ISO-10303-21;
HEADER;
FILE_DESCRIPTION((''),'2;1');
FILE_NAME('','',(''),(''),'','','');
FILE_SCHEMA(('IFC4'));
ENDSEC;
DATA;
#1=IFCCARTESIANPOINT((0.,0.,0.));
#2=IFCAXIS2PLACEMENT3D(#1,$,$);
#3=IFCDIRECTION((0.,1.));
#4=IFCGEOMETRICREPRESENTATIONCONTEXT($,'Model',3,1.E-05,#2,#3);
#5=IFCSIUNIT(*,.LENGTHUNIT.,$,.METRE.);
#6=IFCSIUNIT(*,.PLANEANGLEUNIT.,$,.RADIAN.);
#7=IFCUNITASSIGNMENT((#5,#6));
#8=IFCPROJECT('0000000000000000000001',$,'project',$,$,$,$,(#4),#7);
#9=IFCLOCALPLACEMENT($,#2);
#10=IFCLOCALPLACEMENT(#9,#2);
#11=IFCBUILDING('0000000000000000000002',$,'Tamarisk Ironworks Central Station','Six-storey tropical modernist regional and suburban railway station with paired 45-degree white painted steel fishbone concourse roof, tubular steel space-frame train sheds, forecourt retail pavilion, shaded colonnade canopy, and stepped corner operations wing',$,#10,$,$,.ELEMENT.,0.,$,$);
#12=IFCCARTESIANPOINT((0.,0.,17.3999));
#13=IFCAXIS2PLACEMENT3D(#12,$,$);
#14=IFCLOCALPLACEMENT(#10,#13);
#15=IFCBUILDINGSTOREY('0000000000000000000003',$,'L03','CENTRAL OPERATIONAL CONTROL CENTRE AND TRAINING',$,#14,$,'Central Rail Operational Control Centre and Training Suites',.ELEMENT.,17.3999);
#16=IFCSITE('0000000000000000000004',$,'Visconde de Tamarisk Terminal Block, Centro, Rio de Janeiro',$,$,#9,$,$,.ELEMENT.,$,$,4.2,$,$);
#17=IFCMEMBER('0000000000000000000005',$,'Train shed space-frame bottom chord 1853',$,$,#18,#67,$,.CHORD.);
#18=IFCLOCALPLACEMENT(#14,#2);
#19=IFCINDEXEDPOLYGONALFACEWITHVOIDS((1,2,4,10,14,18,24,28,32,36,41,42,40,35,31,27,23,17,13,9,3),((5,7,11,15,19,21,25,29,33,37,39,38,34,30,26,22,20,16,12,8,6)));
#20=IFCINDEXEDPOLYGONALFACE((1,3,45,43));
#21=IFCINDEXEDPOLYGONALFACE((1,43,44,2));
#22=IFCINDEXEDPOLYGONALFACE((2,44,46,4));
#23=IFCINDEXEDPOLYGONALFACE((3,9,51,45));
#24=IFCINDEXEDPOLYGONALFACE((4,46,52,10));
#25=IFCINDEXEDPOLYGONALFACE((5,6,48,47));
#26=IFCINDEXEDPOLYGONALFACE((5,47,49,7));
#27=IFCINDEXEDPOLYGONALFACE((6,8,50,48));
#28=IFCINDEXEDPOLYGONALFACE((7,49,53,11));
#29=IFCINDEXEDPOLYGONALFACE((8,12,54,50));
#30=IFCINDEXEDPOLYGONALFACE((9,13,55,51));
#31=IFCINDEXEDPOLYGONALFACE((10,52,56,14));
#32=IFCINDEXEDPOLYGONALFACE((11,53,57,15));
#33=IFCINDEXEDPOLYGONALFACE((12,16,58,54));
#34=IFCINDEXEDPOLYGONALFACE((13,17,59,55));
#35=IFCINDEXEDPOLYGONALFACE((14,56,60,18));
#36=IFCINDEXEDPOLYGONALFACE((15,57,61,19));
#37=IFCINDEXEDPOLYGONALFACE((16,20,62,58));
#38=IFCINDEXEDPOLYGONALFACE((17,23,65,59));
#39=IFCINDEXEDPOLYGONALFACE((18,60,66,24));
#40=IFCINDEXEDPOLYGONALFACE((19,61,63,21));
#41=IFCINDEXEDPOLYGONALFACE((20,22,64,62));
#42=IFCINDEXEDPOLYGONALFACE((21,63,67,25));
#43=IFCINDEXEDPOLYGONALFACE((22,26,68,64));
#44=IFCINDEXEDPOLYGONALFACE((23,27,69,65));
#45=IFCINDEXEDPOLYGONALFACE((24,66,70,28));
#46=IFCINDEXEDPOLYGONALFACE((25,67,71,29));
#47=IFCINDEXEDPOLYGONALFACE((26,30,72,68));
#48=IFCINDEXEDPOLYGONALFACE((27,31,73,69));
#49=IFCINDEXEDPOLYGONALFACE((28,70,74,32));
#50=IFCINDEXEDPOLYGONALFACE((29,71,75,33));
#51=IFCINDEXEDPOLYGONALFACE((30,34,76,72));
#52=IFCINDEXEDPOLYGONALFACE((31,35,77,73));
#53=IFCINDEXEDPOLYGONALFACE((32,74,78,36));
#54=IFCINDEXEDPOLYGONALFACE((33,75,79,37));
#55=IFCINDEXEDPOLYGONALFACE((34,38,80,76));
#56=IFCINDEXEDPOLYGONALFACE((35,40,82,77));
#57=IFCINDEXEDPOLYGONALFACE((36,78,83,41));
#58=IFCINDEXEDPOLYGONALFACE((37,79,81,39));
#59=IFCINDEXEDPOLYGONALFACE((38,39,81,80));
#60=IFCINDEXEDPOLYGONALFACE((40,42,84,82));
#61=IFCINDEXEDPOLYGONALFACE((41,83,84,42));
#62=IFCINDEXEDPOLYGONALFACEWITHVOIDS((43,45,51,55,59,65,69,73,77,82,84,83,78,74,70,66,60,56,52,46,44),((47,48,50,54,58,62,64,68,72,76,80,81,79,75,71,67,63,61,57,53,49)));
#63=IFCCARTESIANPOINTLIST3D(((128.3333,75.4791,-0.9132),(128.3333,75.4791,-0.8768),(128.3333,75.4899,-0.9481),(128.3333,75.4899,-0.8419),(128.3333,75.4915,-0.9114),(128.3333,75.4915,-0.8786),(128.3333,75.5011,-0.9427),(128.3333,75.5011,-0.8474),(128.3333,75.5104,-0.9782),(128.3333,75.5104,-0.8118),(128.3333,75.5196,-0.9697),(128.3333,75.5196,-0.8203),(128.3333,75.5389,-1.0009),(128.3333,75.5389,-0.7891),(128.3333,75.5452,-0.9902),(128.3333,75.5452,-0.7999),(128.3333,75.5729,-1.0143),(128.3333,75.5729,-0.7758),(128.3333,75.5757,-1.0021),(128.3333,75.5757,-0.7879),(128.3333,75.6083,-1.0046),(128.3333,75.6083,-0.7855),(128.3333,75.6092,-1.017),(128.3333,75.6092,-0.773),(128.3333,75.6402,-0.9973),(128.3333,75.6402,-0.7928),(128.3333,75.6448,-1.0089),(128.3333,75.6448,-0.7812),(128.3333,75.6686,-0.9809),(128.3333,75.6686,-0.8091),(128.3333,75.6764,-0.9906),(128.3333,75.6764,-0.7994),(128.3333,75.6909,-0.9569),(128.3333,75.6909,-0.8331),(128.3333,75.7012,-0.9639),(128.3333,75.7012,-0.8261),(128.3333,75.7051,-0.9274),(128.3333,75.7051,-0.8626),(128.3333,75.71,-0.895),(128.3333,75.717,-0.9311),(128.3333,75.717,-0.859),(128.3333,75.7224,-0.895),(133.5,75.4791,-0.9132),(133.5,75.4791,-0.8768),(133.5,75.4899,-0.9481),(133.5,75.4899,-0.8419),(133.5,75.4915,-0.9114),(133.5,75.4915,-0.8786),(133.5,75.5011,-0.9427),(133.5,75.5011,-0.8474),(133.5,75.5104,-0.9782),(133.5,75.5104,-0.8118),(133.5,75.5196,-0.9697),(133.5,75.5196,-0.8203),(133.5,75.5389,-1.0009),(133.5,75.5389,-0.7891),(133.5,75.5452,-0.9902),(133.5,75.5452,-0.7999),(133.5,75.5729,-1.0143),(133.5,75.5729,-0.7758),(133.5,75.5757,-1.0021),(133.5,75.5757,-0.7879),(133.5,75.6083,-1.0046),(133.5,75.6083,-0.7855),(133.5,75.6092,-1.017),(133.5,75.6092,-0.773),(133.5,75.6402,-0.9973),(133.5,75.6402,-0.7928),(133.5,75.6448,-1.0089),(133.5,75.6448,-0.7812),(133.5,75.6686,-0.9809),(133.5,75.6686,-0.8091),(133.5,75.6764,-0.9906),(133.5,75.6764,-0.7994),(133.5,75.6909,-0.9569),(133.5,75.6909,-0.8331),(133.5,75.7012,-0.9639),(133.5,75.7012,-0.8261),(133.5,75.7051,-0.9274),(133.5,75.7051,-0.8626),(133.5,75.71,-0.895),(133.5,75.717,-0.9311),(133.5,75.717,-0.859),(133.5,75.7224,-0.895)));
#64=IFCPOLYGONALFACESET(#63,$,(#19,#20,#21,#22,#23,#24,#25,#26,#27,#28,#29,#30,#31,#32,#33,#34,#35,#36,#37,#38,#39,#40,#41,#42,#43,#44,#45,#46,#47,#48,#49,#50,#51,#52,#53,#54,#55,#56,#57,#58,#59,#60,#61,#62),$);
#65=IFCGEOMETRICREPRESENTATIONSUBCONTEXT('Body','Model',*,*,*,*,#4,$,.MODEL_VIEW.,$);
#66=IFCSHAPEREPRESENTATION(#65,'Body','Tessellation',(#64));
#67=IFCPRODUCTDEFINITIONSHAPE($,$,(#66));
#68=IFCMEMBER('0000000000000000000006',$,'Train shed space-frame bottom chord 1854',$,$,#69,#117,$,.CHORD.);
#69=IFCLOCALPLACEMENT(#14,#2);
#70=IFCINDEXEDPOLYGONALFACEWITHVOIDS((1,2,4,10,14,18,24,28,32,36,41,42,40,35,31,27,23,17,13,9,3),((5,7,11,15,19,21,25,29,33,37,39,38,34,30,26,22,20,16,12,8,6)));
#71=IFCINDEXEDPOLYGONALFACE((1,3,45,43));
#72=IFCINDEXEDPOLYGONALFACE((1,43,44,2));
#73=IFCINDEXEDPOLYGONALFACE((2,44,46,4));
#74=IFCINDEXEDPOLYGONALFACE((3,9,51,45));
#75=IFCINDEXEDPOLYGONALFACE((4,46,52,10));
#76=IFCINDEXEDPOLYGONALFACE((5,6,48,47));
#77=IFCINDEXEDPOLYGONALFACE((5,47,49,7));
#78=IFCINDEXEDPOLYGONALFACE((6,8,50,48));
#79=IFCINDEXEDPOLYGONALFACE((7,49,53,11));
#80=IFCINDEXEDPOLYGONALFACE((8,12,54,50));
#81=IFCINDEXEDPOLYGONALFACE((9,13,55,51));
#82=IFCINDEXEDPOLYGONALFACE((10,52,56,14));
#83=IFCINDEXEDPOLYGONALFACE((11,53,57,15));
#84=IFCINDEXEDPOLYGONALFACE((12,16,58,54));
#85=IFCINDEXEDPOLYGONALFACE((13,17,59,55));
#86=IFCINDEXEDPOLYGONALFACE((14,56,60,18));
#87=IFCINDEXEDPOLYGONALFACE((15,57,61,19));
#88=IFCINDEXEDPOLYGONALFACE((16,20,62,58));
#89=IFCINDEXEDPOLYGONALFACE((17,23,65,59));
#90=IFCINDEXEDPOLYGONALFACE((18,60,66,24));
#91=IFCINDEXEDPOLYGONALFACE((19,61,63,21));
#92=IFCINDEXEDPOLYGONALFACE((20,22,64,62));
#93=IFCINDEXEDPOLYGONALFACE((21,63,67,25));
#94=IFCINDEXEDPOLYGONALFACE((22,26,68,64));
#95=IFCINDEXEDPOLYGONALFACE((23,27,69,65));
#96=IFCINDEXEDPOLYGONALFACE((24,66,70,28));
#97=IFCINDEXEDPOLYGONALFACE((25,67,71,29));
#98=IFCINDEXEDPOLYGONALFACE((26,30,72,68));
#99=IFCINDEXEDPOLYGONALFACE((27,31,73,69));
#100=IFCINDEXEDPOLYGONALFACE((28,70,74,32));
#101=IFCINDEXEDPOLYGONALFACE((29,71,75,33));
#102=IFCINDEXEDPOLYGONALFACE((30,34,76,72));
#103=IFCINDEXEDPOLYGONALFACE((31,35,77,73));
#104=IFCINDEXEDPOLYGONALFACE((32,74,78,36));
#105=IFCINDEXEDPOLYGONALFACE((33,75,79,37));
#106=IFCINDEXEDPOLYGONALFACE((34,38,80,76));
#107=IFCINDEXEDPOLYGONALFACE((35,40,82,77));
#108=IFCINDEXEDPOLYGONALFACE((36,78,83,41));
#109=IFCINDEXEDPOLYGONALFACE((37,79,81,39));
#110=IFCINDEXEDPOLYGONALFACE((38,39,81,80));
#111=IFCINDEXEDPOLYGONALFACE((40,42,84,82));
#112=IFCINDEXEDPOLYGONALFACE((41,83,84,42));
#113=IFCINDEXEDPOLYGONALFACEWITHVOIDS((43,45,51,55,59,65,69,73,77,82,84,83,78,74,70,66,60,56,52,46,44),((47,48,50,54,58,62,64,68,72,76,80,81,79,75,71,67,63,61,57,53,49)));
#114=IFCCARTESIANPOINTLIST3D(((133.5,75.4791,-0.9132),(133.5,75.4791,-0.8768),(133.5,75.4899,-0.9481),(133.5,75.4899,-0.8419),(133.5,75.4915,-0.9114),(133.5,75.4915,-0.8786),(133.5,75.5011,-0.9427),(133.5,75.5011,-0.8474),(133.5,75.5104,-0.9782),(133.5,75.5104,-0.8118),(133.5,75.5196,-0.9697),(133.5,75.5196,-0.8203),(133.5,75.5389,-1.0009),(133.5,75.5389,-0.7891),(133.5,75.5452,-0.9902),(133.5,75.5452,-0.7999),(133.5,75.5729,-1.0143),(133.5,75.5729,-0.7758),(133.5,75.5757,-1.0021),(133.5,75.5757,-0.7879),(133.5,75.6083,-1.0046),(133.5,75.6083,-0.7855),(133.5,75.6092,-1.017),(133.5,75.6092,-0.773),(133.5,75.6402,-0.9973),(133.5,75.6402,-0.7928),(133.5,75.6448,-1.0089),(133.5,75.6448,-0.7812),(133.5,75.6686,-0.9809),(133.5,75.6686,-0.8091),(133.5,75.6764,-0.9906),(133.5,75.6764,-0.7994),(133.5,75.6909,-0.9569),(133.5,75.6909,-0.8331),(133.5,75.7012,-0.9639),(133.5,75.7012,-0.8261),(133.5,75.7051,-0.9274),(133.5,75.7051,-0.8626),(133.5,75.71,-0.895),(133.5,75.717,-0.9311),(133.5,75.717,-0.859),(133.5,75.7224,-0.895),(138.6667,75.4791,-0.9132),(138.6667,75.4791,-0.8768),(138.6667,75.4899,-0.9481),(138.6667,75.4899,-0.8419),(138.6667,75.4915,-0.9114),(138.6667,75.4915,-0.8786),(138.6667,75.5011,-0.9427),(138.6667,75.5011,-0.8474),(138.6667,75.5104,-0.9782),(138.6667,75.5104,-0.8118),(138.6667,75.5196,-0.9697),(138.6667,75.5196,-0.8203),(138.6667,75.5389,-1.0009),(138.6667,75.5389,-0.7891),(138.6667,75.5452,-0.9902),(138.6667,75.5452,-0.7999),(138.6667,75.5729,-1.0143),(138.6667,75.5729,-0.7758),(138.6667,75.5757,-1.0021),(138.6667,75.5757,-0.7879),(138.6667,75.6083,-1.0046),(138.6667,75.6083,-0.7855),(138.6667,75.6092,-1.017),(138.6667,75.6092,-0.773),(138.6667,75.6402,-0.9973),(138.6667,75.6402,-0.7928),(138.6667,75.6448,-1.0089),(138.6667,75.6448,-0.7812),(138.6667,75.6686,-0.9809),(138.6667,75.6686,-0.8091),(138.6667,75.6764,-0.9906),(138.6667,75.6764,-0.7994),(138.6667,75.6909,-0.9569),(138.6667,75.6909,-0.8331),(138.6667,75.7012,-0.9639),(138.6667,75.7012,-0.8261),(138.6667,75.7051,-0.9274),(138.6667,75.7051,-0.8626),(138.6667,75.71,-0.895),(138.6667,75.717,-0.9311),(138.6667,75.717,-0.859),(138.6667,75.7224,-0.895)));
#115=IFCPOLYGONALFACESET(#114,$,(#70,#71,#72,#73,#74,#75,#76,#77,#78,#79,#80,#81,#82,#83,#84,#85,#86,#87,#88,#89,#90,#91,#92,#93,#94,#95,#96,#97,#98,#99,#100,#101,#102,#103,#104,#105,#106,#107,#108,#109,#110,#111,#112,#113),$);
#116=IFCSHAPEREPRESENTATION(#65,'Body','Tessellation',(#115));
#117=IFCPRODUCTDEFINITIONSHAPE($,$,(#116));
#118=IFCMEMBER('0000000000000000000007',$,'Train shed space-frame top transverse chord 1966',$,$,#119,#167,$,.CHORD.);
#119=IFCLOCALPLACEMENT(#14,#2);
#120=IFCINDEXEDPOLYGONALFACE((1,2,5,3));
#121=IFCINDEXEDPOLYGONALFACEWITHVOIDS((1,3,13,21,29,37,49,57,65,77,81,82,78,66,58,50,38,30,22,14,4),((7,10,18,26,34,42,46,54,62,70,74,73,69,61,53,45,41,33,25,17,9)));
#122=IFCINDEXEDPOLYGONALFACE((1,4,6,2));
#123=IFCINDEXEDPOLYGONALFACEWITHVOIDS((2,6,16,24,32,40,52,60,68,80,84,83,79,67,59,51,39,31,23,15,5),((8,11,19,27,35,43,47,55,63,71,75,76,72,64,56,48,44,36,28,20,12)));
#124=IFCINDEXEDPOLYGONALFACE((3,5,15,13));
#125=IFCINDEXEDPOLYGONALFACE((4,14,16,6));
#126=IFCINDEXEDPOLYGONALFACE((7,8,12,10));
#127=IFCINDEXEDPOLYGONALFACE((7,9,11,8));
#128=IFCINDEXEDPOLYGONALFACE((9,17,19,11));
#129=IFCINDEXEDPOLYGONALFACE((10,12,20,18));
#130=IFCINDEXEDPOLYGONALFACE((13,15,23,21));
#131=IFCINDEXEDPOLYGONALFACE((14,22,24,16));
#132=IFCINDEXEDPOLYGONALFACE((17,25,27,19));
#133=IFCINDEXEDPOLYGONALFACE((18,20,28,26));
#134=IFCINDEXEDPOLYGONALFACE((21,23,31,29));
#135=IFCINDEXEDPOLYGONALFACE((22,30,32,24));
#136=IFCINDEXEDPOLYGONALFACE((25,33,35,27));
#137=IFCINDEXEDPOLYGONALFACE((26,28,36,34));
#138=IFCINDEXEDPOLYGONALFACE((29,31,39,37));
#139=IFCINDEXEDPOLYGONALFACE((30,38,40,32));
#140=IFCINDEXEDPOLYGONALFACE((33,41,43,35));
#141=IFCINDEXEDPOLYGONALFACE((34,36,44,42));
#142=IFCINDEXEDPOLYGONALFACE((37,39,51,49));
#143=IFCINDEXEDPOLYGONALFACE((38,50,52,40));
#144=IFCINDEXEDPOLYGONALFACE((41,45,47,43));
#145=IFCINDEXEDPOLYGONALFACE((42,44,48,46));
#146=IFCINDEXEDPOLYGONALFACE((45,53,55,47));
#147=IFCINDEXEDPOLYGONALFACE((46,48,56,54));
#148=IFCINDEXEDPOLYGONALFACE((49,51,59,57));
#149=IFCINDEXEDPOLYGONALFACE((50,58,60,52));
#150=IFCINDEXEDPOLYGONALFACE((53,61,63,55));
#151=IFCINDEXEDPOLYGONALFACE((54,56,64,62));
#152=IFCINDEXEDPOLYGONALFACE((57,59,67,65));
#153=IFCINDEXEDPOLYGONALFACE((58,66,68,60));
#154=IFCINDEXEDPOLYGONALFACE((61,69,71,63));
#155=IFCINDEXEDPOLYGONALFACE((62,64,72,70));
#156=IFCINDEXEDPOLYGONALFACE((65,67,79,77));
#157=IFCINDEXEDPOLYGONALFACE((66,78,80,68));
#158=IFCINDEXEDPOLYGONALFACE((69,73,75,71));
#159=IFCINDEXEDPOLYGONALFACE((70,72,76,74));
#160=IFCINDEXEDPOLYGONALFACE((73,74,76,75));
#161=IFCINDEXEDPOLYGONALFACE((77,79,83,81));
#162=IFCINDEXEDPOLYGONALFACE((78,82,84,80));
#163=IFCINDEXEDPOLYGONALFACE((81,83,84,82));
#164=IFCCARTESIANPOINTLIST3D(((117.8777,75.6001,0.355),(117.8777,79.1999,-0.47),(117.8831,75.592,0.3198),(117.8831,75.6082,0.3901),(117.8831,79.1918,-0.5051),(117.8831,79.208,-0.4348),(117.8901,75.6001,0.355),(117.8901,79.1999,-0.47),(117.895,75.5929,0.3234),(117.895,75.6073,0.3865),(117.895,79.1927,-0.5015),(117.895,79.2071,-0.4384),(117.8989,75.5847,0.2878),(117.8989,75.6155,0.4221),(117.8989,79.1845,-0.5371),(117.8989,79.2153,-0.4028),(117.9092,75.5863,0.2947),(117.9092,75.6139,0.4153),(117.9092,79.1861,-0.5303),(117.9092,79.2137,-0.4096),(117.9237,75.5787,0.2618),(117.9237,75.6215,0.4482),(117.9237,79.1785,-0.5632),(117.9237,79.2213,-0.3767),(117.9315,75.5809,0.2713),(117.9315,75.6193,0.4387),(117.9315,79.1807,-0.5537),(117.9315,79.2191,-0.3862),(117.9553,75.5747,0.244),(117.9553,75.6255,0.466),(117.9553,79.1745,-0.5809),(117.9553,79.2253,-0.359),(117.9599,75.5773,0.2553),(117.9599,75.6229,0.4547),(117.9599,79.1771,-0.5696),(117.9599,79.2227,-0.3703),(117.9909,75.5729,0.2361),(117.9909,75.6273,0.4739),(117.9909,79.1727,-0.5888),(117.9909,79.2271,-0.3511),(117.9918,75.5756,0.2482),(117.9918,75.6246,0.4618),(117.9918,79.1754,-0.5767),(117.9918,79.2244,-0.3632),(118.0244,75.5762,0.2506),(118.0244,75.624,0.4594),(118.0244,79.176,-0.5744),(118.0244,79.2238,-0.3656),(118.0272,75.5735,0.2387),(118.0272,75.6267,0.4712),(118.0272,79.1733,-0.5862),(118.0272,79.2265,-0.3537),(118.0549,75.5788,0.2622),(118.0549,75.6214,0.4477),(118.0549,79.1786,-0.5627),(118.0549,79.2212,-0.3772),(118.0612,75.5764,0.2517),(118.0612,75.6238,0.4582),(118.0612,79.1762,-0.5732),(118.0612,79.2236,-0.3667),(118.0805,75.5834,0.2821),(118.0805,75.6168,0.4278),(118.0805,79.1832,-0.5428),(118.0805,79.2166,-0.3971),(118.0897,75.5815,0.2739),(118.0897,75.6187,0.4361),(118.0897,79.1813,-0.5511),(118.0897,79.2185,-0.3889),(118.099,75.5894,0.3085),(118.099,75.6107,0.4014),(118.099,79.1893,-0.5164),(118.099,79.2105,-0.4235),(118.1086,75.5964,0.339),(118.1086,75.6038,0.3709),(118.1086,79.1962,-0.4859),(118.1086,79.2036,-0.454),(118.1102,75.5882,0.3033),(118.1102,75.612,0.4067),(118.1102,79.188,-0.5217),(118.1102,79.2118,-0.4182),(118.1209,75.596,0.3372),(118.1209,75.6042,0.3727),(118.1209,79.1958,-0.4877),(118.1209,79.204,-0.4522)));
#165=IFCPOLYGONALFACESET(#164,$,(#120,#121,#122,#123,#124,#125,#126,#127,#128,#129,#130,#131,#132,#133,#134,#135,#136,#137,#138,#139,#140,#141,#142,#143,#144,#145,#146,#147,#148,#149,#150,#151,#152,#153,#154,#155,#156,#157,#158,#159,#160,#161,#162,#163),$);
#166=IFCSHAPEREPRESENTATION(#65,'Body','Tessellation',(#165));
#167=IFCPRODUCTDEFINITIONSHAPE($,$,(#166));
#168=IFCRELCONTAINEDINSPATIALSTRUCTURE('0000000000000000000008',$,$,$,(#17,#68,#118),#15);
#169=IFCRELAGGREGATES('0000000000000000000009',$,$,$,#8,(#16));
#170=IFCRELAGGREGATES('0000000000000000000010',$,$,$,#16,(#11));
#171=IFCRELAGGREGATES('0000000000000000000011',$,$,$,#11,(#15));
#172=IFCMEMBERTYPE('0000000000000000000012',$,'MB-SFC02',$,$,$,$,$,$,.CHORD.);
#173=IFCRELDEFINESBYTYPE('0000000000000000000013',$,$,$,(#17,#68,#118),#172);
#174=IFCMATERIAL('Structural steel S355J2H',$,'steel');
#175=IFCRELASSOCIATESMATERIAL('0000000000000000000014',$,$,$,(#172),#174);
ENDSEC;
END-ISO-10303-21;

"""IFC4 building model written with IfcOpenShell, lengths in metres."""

from ifc_helpers import new_model, si_unit, direction, frame, origin, origin_2d, place, context, subcontext, project, spatial, hollow_circle, extrude, material, material_profile, profile_set, type_object, element, save


model = new_model("IFC4")

# Units and contexts
model_context = context("Model", 3, precision=1e-05, world=origin(), true_north=direction((0.0, 1.0)))
body_context = subcontext(model_context, "Body", "Model", "MODEL_VIEW")
ifc_project = project(units=[si_unit("LENGTHUNIT", "METRE"), si_unit("PLANEANGLEUNIT", "RADIAN")], contexts=[model_context])

# Site, building, storey
site_placement = place(None, origin())
site = spatial("IfcSite", under=ifc_project, at=site_placement, Name="Visconde de Tamarisk Terminal Block, Centro, Rio de Janeiro", CompositionType="ELEMENT", RefElevation=4.2)
building_placement = place(site_placement, origin())
building = spatial("IfcBuilding", under=site, at=building_placement, Name="Tamarisk Ironworks Central Station", Description="Six-storey tropical modernist regional and suburban railway station with paired 45-degree white painted steel fishbone concourse roof, tubular steel space-frame train sheds, forecourt retail pavilion, shaded colonnade canopy, and stepped corner operations wing", CompositionType="ELEMENT", ElevationOfRefHeight=0.0)
storey_placement = place(building_placement, frame((0.0, 0.0, 17.3999)))
storey = spatial("IfcBuildingStorey", under=building, at=storey_placement, Name="L03", Description="CENTRAL OPERATIONAL CONTROL CENTRE AND TRAINING", LongName="Central Rail Operational Control Centre and Training Suites", CompositionType="ELEMENT", Elevation=17.3999)

# Members
ifc_material_1 = material(Name="Structural steel S355J2H", Category="steel")
ifc_material_profile_1 = material_profile(ifc_material_1, hollow_circle(Radius=0.1223, WallThickness=0.0125, at=origin_2d()), Name="CHS 244.5x12.5")
ifc_profile_set_1 = profile_set([ifc_material_profile_1], Name="Structural steel S355J2H")
member_type_1 = type_object("IfcMemberType", Name="MB-SFC02", PredefinedType="CHORD", material=ifc_profile_set_1)
for number, where, z_axis, x_axis, name in (
    (1, (128.3333, 75.6001, -0.895), (1.0, 0.0, 0.0), (0.0, 1.0, 0.0), "Train shed space-frame bottom chord 1853"),
    (2, (133.5, 75.6001, -0.895), (1.0, 0.0, 0.0), (0.0, 1.0, 0.0), "Train shed space-frame bottom chord 1854"),
):
    element("IfcMember", number, at=place(storey_placement, frame(where, z_axis=z_axis, x_axis=x_axis)), inside=storey, type_object=member_type_1, Name=name, PredefinedType="CHORD", context=body_context, shape_type="SweptSolid", body=[
        extrude(hollow_circle(Radius=0.1223, WallThickness=0.0125, at=origin_2d()), origin(), (0.0, 0.0, 1.0), 5.1667),
    ])
for number, where, z_axis, x_axis, name in (
    (3, (118.0, 75.6001, 0.355), (0.0, 0.974733, -0.223372), (-1.0, 0.0, 0.0), "Train shed space-frame top transverse chord 1966"),
):
    element("IfcMember", number, at=place(storey_placement, frame(where, z_axis=z_axis, x_axis=x_axis)), inside=storey, type_object=member_type_1, Name=name, PredefinedType="CHORD", context=body_context, shape_type="SweptSolid", body=[
        extrude(hollow_circle(Radius=0.1223, WallThickness=0.0125, at=origin_2d()), origin(), (0.0, 0.0, 1.0), 3.6931),
    ])

save(model, "model.ifc")
